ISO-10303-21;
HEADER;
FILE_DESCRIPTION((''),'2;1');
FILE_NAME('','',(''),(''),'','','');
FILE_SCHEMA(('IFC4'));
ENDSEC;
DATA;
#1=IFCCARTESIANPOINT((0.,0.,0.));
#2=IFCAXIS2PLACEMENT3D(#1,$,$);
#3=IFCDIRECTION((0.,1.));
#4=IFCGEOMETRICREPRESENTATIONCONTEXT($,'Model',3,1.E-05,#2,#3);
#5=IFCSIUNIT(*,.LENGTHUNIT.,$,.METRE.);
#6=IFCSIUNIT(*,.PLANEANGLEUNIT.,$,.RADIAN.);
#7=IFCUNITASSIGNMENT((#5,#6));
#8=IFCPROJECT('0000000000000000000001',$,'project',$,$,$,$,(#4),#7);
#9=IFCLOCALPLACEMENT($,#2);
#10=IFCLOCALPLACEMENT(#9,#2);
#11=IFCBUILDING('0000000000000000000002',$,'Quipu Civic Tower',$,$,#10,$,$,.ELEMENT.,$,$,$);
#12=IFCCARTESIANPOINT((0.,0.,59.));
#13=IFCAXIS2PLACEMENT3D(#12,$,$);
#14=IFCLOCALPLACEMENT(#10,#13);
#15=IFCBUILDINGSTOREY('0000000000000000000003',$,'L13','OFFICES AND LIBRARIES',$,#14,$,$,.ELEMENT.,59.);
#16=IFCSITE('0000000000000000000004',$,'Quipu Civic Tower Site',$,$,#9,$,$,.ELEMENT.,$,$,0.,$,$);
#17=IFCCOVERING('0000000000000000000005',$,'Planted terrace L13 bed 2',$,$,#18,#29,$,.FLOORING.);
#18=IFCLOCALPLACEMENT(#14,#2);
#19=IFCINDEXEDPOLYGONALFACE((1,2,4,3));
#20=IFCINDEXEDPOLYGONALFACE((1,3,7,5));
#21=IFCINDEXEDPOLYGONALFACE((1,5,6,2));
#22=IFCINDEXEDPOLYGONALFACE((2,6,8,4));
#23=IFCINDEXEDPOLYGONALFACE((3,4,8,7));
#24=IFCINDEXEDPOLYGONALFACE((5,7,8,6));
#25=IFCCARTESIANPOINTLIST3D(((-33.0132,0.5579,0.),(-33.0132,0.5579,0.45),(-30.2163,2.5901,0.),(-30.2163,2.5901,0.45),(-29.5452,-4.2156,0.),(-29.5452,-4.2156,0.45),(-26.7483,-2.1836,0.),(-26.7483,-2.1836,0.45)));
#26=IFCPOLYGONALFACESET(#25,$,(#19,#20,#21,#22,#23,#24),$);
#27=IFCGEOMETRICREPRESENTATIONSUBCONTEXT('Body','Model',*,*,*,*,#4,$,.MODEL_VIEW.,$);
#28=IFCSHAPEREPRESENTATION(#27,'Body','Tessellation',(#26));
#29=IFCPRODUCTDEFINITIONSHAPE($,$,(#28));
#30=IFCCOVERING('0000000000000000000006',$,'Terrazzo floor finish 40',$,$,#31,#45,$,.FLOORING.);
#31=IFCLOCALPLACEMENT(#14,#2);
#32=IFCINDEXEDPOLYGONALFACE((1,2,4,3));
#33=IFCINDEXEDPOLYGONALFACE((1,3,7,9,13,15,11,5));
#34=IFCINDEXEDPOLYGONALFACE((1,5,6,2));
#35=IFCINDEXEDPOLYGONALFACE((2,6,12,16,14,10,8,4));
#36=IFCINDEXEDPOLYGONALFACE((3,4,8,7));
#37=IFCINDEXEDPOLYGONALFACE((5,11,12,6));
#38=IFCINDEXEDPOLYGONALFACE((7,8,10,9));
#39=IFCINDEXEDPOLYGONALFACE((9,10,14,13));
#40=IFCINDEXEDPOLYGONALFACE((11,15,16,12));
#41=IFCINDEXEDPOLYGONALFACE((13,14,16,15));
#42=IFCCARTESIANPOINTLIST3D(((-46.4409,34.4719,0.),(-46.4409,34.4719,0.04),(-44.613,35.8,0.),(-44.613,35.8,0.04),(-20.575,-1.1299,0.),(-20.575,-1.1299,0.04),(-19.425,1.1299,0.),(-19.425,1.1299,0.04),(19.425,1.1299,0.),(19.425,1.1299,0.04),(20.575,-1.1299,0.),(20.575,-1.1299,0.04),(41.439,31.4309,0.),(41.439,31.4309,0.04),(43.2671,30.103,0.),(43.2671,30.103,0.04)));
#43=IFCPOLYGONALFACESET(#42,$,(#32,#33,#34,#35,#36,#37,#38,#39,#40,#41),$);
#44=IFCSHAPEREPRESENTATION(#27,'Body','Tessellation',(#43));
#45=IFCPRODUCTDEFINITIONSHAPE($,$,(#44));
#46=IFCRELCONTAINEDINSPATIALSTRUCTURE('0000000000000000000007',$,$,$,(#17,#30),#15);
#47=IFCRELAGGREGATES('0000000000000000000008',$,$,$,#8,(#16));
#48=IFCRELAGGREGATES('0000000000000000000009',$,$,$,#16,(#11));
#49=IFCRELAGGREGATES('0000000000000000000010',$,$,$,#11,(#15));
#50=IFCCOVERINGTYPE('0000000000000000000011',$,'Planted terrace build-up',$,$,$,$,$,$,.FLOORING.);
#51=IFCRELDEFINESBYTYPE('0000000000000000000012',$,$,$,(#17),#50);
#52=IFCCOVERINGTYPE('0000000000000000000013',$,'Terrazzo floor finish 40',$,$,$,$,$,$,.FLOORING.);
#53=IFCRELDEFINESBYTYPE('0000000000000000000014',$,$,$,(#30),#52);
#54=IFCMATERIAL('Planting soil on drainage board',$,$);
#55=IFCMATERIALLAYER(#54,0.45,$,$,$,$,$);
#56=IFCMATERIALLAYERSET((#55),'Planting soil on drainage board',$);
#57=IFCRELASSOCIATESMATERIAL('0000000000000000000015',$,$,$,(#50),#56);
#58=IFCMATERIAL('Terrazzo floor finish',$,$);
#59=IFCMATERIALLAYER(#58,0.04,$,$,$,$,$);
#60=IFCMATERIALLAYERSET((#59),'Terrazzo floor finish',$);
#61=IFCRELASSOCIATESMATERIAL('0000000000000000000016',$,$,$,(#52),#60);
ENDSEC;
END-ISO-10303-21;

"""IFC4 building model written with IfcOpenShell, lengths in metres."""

from ifc_helpers import new_model, si_unit, direction, frame, origin, place, context, subcontext, project, spatial, polyline, outline, extrude, material, layer, layer_set, type_object, element, save


model = new_model("IFC4")

# Units and contexts
model_context = context("Model", 3, precision=1e-05, world=origin(), true_north=direction((0.0, 1.0)))
body_context = subcontext(model_context, "Body", "Model", "MODEL_VIEW")
ifc_project = project(units=[si_unit("LENGTHUNIT", "METRE"), si_unit("PLANEANGLEUNIT", "RADIAN")], contexts=[model_context])

# Site, building, storey
site_placement = place(None, origin())
site = spatial("IfcSite", under=ifc_project, at=site_placement, Name="Quipu Civic Tower Site", CompositionType="ELEMENT", RefElevation=0.0)
building_placement = place(site_placement, origin())
building = spatial("IfcBuilding", under=site, at=building_placement, Name="Quipu Civic Tower", CompositionType="ELEMENT")
storey_placement = place(building_placement, frame((0.0, 0.0, 59.0)))
storey = spatial("IfcBuildingStorey", under=building, at=storey_placement, Name="L13", Description="OFFICES AND LIBRARIES", CompositionType="ELEMENT", Elevation=59.0)

# Coverings
ifc_material_1 = material(Name="Planting soil on drainage board")
ifc_layer_1 = layer(ifc_material_1, 0.45)
ifc_layer_set_1 = layer_set([ifc_layer_1], Name="Planting soil on drainage board")
covering_type_1 = type_object("IfcCoveringType", Name="Planted terrace build-up", PredefinedType="FLOORING", material=ifc_layer_set_1)
covering_1_placement = place(storey_placement, origin())
element("IfcCovering", 1, at=covering_1_placement, inside=storey, type_object=covering_type_1, Name="Planted terrace L13 bed 2", PredefinedType="FLOORING", context=body_context, shape_type="SweptSolid", body=[
    extrude(outline(polyline([(-33.0132, 0.5579), (-30.2163, 2.5901), (-26.7483, -2.1836), (-29.5452, -4.2156), (-33.0132, 0.5579)])), origin(), (0.0, 0.0, 1.0), 0.45),
])
ifc_material_2 = material(Name="Terrazzo floor finish")
ifc_layer_2 = layer(ifc_material_2, 0.04)
ifc_layer_set_2 = layer_set([ifc_layer_2], Name="Terrazzo floor finish")
covering_type_2 = type_object("IfcCoveringType", Name="Terrazzo floor finish 40", PredefinedType="FLOORING", material=ifc_layer_set_2)
covering_2_placement = place(storey_placement, origin())
element("IfcCovering", 2, at=covering_2_placement, inside=storey, type_object=covering_type_2, Name="Terrazzo floor finish 40", PredefinedType="FLOORING", context=body_context, shape_type="SweptSolid", body=[
    extrude(outline(polyline([(20.575, -1.1299), (-20.575, -1.1299), (-46.4409, 34.4719), (-44.613, 35.8), (-19.425, 1.1299), (19.425, 1.1299), (41.439, 31.4309), (43.2671, 30.103), (20.575, -1.1299)])), origin(), (0.0, 0.0, 1.0), 0.04),
])

save(model, "model.ifc")
